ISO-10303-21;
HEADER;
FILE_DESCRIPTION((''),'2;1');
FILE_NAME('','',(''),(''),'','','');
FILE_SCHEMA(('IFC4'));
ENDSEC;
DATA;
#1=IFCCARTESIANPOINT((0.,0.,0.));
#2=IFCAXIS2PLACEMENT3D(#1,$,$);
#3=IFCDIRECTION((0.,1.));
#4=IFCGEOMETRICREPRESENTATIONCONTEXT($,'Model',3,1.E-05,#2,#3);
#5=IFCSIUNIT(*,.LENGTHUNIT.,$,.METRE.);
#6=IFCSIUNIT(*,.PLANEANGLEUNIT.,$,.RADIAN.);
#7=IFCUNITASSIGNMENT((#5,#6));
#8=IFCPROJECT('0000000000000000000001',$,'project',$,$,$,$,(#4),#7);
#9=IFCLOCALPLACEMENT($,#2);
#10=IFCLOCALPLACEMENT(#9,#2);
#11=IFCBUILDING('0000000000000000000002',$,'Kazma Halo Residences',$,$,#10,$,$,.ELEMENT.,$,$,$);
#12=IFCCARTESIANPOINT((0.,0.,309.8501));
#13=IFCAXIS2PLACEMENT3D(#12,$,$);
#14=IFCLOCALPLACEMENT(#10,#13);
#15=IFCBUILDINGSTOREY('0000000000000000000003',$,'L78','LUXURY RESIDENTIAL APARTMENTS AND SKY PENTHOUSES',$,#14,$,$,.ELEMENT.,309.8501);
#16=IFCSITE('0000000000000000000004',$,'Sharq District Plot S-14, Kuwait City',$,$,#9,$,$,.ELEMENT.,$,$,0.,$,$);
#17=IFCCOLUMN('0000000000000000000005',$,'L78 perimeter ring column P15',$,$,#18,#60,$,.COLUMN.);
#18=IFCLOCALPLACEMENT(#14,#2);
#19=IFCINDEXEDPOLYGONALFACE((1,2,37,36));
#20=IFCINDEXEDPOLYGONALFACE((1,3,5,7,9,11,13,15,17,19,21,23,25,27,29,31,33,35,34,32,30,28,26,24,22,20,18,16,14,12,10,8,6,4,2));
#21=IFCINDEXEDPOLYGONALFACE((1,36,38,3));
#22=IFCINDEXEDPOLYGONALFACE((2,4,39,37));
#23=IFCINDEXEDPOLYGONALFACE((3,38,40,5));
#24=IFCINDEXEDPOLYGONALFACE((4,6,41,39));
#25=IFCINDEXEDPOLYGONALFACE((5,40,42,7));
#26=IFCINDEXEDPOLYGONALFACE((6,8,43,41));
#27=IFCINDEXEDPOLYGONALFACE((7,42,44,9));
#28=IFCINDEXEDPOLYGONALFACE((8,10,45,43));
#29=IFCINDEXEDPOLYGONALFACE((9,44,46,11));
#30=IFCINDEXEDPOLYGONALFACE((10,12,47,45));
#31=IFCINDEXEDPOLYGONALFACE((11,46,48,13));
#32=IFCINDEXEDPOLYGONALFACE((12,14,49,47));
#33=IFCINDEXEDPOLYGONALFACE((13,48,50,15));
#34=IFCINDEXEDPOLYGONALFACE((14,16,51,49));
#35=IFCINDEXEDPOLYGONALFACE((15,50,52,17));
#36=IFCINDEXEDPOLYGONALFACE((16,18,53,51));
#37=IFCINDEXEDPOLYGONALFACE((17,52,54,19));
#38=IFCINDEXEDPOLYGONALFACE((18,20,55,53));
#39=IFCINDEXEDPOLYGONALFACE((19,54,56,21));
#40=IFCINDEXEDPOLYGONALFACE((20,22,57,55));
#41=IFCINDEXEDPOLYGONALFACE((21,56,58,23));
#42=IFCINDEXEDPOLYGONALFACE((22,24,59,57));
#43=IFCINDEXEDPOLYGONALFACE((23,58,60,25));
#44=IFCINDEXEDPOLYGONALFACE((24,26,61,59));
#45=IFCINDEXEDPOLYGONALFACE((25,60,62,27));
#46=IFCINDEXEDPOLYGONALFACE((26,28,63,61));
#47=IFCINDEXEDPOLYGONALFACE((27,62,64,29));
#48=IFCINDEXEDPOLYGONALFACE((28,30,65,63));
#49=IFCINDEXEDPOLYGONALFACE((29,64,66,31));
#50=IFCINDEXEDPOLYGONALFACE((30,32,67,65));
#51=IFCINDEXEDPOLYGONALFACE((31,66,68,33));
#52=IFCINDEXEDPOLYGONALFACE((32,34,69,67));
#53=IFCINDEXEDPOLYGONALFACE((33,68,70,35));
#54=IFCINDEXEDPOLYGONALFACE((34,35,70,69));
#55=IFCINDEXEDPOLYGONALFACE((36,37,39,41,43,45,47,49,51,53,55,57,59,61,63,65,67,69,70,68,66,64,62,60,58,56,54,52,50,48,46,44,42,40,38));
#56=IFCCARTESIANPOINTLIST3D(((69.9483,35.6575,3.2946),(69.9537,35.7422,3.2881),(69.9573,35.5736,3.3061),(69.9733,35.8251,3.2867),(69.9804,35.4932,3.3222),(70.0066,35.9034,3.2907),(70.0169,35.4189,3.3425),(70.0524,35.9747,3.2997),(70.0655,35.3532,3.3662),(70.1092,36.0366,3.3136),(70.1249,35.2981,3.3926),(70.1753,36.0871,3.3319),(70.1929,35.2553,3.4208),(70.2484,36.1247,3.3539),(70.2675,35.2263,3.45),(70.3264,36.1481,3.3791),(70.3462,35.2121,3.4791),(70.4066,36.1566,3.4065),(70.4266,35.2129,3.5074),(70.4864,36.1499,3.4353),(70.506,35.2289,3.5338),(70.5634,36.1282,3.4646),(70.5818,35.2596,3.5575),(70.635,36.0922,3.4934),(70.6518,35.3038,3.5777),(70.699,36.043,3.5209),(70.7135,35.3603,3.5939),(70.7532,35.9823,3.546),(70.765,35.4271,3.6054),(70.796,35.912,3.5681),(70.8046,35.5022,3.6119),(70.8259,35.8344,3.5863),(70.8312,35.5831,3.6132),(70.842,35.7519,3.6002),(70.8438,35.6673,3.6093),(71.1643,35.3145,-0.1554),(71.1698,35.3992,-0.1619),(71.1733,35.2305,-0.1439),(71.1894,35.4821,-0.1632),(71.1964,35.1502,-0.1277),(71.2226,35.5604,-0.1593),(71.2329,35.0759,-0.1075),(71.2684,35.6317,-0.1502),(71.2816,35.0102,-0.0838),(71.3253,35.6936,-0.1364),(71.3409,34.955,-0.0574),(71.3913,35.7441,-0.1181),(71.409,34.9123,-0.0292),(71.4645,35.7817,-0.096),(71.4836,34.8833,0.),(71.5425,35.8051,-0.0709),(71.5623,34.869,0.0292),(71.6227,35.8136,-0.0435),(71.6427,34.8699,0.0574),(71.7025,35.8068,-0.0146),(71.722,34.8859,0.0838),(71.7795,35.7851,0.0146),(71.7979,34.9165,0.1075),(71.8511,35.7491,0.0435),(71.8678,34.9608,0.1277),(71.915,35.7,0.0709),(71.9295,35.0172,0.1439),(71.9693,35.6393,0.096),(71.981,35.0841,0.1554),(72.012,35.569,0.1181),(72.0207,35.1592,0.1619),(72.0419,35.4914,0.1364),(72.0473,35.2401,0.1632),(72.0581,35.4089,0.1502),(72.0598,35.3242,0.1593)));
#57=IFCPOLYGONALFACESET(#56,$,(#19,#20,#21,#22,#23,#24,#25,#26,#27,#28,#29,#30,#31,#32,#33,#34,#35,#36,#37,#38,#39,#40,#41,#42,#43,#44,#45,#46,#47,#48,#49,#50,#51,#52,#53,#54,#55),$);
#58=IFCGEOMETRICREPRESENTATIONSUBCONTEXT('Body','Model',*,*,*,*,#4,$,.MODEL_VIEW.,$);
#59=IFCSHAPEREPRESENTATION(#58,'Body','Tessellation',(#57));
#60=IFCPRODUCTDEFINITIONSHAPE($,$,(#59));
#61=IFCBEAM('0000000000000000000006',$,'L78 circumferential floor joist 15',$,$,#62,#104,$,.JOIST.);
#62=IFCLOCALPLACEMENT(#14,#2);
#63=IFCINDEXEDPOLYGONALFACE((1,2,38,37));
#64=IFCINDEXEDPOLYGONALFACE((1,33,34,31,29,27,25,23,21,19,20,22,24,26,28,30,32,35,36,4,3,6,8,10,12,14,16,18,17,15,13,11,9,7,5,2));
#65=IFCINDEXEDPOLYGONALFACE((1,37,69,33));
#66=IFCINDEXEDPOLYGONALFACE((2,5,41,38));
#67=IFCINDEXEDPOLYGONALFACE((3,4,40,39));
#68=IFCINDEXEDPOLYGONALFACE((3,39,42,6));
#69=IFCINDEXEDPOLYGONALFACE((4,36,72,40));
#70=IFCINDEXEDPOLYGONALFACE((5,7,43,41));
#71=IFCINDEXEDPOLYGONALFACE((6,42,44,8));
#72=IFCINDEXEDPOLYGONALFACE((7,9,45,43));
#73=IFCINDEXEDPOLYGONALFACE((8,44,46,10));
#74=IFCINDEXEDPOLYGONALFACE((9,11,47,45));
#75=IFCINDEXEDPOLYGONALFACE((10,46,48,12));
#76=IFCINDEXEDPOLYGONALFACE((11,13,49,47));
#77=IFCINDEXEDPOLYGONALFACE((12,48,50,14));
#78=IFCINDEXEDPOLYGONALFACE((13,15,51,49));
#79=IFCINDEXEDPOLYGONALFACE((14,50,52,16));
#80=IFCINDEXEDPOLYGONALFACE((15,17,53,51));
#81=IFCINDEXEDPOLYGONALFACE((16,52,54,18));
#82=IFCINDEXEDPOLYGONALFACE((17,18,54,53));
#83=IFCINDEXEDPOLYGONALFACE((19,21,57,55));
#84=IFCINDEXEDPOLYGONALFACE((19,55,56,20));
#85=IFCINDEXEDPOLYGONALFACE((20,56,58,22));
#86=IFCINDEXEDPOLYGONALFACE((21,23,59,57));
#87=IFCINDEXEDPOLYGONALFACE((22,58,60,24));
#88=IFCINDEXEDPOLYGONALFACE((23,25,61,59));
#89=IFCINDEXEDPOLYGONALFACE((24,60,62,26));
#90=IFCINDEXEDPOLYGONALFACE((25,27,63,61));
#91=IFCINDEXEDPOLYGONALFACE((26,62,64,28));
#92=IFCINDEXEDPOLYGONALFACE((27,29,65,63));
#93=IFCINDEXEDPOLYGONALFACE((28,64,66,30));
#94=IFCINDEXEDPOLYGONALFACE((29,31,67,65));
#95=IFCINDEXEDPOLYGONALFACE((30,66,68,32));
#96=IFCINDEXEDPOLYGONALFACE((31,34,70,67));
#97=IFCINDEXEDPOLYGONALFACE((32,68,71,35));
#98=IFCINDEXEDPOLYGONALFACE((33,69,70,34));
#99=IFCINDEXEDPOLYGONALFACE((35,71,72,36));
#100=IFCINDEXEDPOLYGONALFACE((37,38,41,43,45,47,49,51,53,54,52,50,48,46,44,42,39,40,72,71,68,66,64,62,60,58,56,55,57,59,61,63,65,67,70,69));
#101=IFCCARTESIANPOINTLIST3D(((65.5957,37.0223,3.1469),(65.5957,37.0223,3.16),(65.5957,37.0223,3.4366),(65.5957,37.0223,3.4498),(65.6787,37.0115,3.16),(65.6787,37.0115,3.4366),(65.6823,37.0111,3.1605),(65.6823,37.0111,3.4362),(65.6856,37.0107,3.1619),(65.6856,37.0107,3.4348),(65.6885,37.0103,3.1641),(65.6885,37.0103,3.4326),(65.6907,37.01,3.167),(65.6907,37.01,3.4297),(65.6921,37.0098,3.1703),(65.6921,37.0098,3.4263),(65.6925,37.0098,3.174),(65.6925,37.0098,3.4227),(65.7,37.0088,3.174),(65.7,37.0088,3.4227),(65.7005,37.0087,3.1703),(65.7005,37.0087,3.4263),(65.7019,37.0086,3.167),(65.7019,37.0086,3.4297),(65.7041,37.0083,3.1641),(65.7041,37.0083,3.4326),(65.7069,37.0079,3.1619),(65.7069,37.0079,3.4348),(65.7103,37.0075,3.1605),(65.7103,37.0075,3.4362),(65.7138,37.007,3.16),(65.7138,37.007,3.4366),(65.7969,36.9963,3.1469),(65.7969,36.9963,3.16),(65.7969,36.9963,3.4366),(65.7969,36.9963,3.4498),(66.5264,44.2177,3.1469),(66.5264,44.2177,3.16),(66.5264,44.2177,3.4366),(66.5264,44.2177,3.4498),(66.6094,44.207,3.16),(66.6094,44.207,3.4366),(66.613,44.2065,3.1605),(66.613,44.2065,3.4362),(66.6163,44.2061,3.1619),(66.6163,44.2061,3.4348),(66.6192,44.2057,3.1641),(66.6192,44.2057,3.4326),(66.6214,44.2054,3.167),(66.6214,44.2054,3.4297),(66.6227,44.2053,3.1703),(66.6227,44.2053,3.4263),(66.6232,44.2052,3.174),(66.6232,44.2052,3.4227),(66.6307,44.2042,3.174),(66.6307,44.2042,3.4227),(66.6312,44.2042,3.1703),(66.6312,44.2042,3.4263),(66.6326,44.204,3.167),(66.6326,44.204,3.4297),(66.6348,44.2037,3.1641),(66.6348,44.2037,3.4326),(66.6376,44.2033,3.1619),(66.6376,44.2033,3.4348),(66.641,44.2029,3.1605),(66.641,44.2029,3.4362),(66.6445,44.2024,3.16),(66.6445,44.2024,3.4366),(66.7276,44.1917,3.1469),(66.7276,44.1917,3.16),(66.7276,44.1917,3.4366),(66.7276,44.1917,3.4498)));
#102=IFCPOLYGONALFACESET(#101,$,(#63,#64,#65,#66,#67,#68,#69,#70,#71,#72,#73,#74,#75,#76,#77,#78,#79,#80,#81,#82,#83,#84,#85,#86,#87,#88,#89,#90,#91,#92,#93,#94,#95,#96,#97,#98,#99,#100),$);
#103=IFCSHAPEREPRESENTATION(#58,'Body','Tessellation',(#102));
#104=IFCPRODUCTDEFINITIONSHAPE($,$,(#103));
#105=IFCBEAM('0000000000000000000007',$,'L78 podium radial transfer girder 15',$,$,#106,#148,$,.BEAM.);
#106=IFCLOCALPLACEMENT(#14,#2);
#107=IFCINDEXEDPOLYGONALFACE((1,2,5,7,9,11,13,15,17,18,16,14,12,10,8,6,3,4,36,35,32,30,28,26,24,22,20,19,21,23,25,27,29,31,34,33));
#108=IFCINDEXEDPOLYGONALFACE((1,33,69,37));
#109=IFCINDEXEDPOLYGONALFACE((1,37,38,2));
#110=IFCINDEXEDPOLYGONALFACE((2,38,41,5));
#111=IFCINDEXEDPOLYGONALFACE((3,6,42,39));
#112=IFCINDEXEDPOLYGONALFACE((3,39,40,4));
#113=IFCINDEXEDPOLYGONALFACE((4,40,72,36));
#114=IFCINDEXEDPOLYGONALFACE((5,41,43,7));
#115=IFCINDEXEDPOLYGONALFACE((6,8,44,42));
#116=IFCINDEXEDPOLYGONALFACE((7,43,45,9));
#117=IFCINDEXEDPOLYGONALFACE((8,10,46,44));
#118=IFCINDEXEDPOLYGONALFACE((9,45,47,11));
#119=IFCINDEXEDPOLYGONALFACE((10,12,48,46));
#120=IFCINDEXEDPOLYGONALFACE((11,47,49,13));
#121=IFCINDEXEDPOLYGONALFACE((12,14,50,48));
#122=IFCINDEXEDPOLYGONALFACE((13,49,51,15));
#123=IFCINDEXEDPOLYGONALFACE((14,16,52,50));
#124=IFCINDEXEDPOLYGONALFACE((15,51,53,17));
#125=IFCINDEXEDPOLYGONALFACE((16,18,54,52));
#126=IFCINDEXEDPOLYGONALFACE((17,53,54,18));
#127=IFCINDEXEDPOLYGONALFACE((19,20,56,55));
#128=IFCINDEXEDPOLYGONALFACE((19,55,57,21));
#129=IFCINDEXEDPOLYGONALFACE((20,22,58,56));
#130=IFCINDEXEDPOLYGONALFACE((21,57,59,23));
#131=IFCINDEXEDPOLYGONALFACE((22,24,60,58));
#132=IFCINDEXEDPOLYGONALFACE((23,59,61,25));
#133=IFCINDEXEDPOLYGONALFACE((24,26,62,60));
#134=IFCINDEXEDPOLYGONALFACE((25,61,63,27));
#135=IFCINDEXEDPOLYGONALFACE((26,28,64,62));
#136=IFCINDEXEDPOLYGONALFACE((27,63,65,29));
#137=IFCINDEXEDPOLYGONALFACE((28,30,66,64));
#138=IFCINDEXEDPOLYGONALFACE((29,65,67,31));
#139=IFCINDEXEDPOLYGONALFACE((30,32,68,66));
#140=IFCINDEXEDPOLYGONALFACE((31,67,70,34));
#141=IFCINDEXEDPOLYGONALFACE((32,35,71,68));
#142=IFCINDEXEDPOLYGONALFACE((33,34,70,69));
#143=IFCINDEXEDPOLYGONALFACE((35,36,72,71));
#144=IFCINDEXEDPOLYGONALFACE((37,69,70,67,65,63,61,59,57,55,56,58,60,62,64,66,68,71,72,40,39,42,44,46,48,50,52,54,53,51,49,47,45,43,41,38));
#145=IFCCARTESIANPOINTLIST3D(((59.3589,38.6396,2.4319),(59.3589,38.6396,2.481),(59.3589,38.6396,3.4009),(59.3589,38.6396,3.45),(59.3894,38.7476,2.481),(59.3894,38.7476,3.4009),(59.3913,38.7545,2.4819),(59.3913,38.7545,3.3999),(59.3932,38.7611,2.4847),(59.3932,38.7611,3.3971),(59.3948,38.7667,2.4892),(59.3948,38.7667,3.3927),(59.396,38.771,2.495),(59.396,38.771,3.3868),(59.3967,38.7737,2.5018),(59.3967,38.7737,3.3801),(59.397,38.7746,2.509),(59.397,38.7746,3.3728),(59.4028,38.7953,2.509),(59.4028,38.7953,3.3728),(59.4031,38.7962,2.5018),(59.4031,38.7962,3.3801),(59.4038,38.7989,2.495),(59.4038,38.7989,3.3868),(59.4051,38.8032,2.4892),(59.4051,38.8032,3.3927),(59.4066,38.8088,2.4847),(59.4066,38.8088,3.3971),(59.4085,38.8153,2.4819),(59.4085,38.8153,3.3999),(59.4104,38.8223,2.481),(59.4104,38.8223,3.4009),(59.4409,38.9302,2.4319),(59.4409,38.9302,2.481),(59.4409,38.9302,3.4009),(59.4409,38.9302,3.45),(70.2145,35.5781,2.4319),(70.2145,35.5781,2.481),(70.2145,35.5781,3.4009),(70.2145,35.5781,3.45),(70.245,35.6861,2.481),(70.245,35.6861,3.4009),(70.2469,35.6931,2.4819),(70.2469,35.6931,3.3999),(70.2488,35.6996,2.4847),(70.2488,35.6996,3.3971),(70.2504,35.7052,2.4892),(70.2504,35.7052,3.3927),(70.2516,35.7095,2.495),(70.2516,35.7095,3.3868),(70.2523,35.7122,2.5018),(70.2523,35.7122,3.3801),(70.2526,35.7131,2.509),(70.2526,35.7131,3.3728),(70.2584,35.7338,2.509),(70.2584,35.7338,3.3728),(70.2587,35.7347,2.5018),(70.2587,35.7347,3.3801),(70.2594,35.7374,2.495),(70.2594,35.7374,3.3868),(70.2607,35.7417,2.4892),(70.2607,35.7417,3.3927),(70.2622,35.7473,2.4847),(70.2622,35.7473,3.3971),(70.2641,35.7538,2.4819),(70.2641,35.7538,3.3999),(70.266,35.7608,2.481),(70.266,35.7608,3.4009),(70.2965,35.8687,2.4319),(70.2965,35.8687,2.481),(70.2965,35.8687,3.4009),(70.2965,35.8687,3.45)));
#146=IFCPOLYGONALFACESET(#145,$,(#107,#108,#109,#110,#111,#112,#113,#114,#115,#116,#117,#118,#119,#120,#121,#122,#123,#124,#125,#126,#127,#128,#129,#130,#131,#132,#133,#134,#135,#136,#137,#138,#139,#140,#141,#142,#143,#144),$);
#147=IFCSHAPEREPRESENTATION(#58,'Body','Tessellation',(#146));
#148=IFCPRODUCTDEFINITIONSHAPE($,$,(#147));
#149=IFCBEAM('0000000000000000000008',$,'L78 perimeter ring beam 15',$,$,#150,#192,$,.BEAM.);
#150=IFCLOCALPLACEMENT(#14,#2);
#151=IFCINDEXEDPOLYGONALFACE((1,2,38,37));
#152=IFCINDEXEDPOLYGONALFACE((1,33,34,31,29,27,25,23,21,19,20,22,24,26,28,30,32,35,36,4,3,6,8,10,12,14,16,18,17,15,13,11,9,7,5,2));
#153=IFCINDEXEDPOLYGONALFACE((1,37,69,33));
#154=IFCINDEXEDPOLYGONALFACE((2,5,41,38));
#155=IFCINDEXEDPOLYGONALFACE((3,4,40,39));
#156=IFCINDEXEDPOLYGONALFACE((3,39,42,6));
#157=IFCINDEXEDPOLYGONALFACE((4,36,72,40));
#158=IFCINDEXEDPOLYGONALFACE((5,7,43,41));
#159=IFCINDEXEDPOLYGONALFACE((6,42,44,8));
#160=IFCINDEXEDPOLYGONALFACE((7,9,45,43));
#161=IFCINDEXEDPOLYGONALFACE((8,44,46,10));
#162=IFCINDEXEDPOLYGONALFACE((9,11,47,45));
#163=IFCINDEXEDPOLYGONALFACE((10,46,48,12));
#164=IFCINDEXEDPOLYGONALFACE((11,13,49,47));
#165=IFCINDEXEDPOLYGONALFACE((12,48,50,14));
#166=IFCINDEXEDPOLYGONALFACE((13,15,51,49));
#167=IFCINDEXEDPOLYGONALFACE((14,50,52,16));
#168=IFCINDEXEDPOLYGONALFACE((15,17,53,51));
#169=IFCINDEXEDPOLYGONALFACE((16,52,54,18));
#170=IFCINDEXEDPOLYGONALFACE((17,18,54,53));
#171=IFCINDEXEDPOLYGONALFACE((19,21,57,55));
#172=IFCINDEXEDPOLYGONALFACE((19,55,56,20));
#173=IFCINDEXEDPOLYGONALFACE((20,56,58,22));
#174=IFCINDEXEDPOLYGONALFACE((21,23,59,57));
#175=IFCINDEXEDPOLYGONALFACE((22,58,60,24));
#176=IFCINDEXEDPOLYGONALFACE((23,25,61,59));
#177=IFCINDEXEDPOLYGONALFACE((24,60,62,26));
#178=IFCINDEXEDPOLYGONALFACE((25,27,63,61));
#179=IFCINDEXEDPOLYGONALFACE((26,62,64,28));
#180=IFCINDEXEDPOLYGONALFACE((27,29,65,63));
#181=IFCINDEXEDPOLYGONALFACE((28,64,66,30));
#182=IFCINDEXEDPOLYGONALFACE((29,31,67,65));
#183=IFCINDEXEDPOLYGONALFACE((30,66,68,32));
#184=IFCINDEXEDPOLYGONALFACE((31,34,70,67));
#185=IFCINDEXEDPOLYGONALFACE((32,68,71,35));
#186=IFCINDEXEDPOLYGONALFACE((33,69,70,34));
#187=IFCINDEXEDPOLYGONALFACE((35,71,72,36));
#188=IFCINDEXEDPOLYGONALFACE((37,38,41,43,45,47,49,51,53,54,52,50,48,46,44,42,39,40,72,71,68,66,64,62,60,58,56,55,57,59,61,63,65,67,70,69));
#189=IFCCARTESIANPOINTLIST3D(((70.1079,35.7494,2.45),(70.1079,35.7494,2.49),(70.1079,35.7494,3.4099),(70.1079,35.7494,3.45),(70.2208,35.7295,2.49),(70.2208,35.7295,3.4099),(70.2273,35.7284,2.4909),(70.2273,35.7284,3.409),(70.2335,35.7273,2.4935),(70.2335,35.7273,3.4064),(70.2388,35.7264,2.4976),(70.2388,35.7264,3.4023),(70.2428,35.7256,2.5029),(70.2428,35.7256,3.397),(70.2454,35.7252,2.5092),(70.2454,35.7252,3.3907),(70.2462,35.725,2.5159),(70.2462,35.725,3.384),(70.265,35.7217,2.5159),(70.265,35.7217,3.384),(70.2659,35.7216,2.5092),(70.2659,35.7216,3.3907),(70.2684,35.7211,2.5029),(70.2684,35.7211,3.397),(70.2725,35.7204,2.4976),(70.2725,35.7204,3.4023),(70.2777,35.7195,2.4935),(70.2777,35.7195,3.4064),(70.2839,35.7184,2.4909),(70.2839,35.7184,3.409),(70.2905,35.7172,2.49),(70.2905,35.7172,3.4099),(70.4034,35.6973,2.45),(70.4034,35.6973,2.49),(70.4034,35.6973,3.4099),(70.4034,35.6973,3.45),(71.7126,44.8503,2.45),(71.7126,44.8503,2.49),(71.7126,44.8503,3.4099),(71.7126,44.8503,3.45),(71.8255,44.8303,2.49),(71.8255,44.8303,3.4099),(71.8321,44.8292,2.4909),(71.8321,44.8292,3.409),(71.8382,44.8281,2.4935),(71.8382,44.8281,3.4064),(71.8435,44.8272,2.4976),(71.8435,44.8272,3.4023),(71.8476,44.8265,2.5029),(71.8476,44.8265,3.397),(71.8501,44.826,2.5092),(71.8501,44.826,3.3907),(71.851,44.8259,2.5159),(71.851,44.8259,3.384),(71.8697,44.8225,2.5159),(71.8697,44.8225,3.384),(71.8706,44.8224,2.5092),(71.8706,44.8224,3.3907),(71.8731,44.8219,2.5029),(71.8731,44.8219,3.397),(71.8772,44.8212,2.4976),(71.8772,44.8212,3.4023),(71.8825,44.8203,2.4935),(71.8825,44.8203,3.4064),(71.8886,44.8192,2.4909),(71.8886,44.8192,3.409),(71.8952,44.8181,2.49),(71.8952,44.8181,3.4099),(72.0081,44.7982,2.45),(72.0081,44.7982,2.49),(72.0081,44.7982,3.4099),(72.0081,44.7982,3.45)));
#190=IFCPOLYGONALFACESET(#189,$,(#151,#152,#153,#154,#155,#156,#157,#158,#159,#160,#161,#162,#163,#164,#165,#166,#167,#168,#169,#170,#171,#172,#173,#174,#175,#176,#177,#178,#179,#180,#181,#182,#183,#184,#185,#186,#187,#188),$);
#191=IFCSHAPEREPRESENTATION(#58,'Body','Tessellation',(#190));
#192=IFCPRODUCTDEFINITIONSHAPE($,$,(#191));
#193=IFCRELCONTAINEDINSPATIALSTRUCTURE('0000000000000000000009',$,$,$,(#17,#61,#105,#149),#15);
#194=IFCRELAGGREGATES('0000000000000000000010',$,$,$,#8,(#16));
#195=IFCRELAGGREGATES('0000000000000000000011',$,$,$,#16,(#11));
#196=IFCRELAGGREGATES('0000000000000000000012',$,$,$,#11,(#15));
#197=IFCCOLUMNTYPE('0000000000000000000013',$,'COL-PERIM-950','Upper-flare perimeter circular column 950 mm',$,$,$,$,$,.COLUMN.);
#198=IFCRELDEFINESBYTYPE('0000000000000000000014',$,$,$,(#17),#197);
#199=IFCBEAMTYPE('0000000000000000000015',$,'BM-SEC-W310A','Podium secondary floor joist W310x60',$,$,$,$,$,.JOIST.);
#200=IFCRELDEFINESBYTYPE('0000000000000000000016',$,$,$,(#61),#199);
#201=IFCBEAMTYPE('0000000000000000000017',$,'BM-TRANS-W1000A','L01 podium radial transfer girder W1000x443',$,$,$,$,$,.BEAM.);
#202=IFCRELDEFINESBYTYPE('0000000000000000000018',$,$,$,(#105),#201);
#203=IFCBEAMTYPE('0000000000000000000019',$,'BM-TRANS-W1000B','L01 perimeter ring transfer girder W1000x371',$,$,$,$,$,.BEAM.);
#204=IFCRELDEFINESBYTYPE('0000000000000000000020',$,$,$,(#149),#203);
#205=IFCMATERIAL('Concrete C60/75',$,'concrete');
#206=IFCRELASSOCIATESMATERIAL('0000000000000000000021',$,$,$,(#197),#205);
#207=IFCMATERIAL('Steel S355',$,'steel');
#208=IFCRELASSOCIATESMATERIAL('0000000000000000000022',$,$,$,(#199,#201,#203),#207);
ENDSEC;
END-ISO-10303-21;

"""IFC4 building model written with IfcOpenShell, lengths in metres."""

from ifc_helpers import new_model, si_unit, direction, frame, origin, origin_2d, place, context, subcontext, project, spatial, circle, i_section, extrude, material, material_profile, profile_set, type_object, element, save


model = new_model("IFC4")

# Units and contexts
model_context = context("Model", 3, precision=1e-05, world=origin(), true_north=direction((0.0, 1.0)))
body_context = subcontext(model_context, "Body", "Model", "MODEL_VIEW")
ifc_project = project(units=[si_unit("LENGTHUNIT", "METRE"), si_unit("PLANEANGLEUNIT", "RADIAN")], contexts=[model_context])

# Site, building, storey
site_placement = place(None, origin())
site = spatial("IfcSite", under=ifc_project, at=site_placement, Name="Sharq District Plot S-14, Kuwait City", CompositionType="ELEMENT", RefElevation=0.0)
building_placement = place(site_placement, origin())
building = spatial("IfcBuilding", under=site, at=building_placement, Name="Kazma Halo Residences", CompositionType="ELEMENT")
storey_placement = place(building_placement, frame((0.0, 0.0, 309.8501)))
storey = spatial("IfcBuildingStorey", under=building, at=storey_placement, Name="L78", Description="LUXURY RESIDENTIAL APARTMENTS AND SKY PENTHOUSES", CompositionType="ELEMENT", Elevation=309.8501)

# Column
ifc_material_1 = material(Name="Concrete C60/75", Category="concrete")
ifc_material_profile_1 = material_profile(ifc_material_1, circle(Radius=0.4751, at=origin_2d()), Name="CIRC950")
ifc_profile_set_1 = profile_set([ifc_material_profile_1], Name="Concrete C60/75")
column_type = type_object("IfcColumnType", Name="COL-PERIM-950", Description="Upper-flare perimeter circular column 950 mm", PredefinedType="COLUMN", material=ifc_profile_set_1)
column_placement = place(storey_placement, frame((71.6125, 35.3406, 0.0), z_axis=(-0.330988, 0.093362, 0.939005), x_axis=(-0.271479, -0.962444, 0.0)))
element("IfcColumn", 1, at=column_placement, inside=storey, type_object=column_type, Name="L78 perimeter ring column P15", PredefinedType="COLUMN", context=body_context, shape_type="SweptSolid", body=[
    extrude(circle(Radius=0.4751, at=origin_2d()), origin(), (0.0, 0.0, 1.0), 3.6741),
])

# Beams
ifc_material_2 = material(Name="Steel S355", Category="steel")
ifc_material_profile_2 = material_profile(ifc_material_2, i_section(OverallWidth=0.2029, OverallDepth=0.303, WebThickness=0.0076, FlangeThickness=0.0132, FilletRadius=0.0139, at=origin_2d()), Name="W310x60")
ifc_profile_set_2 = profile_set([ifc_material_profile_2], Name="Steel S355")
beam_type_1 = type_object("IfcBeamType", Name="BM-SEC-W310A", Description="Podium secondary floor joist W310x60", PredefinedType="JOIST", material=ifc_profile_set_2)
beam_1_placement = place(storey_placement, frame((65.6963, 37.0093, 3.2983), z_axis=(0.128275, 0.991739, 0.0), x_axis=(-0.991739, 0.128275, 0.0)))
element("IfcBeam", 2, at=beam_1_placement, inside=storey, type_object=beam_type_1, Name="L78 circumferential floor joist 15", PredefinedType="JOIST", context=body_context, shape_type="SweptSolid", body=[
    extrude(i_section(OverallWidth=0.2029, OverallDepth=0.303, WebThickness=0.0076, FlangeThickness=0.0132, FilletRadius=0.0139, at=origin_2d()), origin(), (0.0, 0.0, 1.0), 7.2554),
])
ifc_material_profile_3 = material_profile(ifc_material_2, i_section(OverallWidth=0.302, OverallDepth=1.0181, WebThickness=0.0215, FlangeThickness=0.0491, FilletRadius=0.0281, at=origin_2d()), Name="W1000x443")
ifc_profile_set_3 = profile_set([ifc_material_profile_3], Name="Steel S355")
beam_type_2 = type_object("IfcBeamType", Name="BM-TRANS-W1000A", Description="L01 podium radial transfer girder W1000x443", PredefinedType="BEAM", material=ifc_profile_set_3)
beam_2_placement = place(storey_placement, frame((59.3999, 38.7849, 2.9409), z_axis=(0.962458, -0.271432, 0.0), x_axis=(0.271432, 0.962458, 0.0)))
element("IfcBeam", 3, at=beam_2_placement, inside=storey, type_object=beam_type_2, Name="L78 podium radial transfer girder 15", PredefinedType="BEAM", context=body_context, shape_type="SweptSolid", body=[
    extrude(i_section(OverallWidth=0.302, OverallDepth=1.0181, WebThickness=0.0215, FlangeThickness=0.0491, FilletRadius=0.0281, at=origin_2d()), origin(), (0.0, 0.0, 1.0), 11.2791),
])
ifc_material_profile_4 = material_profile(ifc_material_2, i_section(OverallWidth=0.3, OverallDepth=1.0, WebThickness=0.019, FlangeThickness=0.04, FilletRadius=0.0259, at=origin_2d()), Name="W1000x371")
ifc_profile_set_4 = profile_set([ifc_material_profile_4], Name="Steel S355")
beam_type_3 = type_object("IfcBeamType", Name="BM-TRANS-W1000B", Description="L01 perimeter ring transfer girder W1000x371", PredefinedType="BEAM", material=ifc_profile_set_4)
beam_3_placement = place(storey_placement, frame((70.2556, 35.7234, 2.95), z_axis=(0.17365, 0.984807, 0.0), x_axis=(-0.984807, 0.17365, 0.0)))
element("IfcBeam", 4, at=beam_3_placement, inside=storey, type_object=beam_type_3, Name="L78 perimeter ring beam 15", PredefinedType="BEAM", context=body_context, shape_type="SweptSolid", body=[
    extrude(i_section(OverallWidth=0.3, OverallDepth=1.0, WebThickness=0.019, FlangeThickness=0.04, FilletRadius=0.0259, at=origin_2d()), origin(), (0.0, 0.0, 1.0), 9.2412),
])

save(model, "model.ifc")
